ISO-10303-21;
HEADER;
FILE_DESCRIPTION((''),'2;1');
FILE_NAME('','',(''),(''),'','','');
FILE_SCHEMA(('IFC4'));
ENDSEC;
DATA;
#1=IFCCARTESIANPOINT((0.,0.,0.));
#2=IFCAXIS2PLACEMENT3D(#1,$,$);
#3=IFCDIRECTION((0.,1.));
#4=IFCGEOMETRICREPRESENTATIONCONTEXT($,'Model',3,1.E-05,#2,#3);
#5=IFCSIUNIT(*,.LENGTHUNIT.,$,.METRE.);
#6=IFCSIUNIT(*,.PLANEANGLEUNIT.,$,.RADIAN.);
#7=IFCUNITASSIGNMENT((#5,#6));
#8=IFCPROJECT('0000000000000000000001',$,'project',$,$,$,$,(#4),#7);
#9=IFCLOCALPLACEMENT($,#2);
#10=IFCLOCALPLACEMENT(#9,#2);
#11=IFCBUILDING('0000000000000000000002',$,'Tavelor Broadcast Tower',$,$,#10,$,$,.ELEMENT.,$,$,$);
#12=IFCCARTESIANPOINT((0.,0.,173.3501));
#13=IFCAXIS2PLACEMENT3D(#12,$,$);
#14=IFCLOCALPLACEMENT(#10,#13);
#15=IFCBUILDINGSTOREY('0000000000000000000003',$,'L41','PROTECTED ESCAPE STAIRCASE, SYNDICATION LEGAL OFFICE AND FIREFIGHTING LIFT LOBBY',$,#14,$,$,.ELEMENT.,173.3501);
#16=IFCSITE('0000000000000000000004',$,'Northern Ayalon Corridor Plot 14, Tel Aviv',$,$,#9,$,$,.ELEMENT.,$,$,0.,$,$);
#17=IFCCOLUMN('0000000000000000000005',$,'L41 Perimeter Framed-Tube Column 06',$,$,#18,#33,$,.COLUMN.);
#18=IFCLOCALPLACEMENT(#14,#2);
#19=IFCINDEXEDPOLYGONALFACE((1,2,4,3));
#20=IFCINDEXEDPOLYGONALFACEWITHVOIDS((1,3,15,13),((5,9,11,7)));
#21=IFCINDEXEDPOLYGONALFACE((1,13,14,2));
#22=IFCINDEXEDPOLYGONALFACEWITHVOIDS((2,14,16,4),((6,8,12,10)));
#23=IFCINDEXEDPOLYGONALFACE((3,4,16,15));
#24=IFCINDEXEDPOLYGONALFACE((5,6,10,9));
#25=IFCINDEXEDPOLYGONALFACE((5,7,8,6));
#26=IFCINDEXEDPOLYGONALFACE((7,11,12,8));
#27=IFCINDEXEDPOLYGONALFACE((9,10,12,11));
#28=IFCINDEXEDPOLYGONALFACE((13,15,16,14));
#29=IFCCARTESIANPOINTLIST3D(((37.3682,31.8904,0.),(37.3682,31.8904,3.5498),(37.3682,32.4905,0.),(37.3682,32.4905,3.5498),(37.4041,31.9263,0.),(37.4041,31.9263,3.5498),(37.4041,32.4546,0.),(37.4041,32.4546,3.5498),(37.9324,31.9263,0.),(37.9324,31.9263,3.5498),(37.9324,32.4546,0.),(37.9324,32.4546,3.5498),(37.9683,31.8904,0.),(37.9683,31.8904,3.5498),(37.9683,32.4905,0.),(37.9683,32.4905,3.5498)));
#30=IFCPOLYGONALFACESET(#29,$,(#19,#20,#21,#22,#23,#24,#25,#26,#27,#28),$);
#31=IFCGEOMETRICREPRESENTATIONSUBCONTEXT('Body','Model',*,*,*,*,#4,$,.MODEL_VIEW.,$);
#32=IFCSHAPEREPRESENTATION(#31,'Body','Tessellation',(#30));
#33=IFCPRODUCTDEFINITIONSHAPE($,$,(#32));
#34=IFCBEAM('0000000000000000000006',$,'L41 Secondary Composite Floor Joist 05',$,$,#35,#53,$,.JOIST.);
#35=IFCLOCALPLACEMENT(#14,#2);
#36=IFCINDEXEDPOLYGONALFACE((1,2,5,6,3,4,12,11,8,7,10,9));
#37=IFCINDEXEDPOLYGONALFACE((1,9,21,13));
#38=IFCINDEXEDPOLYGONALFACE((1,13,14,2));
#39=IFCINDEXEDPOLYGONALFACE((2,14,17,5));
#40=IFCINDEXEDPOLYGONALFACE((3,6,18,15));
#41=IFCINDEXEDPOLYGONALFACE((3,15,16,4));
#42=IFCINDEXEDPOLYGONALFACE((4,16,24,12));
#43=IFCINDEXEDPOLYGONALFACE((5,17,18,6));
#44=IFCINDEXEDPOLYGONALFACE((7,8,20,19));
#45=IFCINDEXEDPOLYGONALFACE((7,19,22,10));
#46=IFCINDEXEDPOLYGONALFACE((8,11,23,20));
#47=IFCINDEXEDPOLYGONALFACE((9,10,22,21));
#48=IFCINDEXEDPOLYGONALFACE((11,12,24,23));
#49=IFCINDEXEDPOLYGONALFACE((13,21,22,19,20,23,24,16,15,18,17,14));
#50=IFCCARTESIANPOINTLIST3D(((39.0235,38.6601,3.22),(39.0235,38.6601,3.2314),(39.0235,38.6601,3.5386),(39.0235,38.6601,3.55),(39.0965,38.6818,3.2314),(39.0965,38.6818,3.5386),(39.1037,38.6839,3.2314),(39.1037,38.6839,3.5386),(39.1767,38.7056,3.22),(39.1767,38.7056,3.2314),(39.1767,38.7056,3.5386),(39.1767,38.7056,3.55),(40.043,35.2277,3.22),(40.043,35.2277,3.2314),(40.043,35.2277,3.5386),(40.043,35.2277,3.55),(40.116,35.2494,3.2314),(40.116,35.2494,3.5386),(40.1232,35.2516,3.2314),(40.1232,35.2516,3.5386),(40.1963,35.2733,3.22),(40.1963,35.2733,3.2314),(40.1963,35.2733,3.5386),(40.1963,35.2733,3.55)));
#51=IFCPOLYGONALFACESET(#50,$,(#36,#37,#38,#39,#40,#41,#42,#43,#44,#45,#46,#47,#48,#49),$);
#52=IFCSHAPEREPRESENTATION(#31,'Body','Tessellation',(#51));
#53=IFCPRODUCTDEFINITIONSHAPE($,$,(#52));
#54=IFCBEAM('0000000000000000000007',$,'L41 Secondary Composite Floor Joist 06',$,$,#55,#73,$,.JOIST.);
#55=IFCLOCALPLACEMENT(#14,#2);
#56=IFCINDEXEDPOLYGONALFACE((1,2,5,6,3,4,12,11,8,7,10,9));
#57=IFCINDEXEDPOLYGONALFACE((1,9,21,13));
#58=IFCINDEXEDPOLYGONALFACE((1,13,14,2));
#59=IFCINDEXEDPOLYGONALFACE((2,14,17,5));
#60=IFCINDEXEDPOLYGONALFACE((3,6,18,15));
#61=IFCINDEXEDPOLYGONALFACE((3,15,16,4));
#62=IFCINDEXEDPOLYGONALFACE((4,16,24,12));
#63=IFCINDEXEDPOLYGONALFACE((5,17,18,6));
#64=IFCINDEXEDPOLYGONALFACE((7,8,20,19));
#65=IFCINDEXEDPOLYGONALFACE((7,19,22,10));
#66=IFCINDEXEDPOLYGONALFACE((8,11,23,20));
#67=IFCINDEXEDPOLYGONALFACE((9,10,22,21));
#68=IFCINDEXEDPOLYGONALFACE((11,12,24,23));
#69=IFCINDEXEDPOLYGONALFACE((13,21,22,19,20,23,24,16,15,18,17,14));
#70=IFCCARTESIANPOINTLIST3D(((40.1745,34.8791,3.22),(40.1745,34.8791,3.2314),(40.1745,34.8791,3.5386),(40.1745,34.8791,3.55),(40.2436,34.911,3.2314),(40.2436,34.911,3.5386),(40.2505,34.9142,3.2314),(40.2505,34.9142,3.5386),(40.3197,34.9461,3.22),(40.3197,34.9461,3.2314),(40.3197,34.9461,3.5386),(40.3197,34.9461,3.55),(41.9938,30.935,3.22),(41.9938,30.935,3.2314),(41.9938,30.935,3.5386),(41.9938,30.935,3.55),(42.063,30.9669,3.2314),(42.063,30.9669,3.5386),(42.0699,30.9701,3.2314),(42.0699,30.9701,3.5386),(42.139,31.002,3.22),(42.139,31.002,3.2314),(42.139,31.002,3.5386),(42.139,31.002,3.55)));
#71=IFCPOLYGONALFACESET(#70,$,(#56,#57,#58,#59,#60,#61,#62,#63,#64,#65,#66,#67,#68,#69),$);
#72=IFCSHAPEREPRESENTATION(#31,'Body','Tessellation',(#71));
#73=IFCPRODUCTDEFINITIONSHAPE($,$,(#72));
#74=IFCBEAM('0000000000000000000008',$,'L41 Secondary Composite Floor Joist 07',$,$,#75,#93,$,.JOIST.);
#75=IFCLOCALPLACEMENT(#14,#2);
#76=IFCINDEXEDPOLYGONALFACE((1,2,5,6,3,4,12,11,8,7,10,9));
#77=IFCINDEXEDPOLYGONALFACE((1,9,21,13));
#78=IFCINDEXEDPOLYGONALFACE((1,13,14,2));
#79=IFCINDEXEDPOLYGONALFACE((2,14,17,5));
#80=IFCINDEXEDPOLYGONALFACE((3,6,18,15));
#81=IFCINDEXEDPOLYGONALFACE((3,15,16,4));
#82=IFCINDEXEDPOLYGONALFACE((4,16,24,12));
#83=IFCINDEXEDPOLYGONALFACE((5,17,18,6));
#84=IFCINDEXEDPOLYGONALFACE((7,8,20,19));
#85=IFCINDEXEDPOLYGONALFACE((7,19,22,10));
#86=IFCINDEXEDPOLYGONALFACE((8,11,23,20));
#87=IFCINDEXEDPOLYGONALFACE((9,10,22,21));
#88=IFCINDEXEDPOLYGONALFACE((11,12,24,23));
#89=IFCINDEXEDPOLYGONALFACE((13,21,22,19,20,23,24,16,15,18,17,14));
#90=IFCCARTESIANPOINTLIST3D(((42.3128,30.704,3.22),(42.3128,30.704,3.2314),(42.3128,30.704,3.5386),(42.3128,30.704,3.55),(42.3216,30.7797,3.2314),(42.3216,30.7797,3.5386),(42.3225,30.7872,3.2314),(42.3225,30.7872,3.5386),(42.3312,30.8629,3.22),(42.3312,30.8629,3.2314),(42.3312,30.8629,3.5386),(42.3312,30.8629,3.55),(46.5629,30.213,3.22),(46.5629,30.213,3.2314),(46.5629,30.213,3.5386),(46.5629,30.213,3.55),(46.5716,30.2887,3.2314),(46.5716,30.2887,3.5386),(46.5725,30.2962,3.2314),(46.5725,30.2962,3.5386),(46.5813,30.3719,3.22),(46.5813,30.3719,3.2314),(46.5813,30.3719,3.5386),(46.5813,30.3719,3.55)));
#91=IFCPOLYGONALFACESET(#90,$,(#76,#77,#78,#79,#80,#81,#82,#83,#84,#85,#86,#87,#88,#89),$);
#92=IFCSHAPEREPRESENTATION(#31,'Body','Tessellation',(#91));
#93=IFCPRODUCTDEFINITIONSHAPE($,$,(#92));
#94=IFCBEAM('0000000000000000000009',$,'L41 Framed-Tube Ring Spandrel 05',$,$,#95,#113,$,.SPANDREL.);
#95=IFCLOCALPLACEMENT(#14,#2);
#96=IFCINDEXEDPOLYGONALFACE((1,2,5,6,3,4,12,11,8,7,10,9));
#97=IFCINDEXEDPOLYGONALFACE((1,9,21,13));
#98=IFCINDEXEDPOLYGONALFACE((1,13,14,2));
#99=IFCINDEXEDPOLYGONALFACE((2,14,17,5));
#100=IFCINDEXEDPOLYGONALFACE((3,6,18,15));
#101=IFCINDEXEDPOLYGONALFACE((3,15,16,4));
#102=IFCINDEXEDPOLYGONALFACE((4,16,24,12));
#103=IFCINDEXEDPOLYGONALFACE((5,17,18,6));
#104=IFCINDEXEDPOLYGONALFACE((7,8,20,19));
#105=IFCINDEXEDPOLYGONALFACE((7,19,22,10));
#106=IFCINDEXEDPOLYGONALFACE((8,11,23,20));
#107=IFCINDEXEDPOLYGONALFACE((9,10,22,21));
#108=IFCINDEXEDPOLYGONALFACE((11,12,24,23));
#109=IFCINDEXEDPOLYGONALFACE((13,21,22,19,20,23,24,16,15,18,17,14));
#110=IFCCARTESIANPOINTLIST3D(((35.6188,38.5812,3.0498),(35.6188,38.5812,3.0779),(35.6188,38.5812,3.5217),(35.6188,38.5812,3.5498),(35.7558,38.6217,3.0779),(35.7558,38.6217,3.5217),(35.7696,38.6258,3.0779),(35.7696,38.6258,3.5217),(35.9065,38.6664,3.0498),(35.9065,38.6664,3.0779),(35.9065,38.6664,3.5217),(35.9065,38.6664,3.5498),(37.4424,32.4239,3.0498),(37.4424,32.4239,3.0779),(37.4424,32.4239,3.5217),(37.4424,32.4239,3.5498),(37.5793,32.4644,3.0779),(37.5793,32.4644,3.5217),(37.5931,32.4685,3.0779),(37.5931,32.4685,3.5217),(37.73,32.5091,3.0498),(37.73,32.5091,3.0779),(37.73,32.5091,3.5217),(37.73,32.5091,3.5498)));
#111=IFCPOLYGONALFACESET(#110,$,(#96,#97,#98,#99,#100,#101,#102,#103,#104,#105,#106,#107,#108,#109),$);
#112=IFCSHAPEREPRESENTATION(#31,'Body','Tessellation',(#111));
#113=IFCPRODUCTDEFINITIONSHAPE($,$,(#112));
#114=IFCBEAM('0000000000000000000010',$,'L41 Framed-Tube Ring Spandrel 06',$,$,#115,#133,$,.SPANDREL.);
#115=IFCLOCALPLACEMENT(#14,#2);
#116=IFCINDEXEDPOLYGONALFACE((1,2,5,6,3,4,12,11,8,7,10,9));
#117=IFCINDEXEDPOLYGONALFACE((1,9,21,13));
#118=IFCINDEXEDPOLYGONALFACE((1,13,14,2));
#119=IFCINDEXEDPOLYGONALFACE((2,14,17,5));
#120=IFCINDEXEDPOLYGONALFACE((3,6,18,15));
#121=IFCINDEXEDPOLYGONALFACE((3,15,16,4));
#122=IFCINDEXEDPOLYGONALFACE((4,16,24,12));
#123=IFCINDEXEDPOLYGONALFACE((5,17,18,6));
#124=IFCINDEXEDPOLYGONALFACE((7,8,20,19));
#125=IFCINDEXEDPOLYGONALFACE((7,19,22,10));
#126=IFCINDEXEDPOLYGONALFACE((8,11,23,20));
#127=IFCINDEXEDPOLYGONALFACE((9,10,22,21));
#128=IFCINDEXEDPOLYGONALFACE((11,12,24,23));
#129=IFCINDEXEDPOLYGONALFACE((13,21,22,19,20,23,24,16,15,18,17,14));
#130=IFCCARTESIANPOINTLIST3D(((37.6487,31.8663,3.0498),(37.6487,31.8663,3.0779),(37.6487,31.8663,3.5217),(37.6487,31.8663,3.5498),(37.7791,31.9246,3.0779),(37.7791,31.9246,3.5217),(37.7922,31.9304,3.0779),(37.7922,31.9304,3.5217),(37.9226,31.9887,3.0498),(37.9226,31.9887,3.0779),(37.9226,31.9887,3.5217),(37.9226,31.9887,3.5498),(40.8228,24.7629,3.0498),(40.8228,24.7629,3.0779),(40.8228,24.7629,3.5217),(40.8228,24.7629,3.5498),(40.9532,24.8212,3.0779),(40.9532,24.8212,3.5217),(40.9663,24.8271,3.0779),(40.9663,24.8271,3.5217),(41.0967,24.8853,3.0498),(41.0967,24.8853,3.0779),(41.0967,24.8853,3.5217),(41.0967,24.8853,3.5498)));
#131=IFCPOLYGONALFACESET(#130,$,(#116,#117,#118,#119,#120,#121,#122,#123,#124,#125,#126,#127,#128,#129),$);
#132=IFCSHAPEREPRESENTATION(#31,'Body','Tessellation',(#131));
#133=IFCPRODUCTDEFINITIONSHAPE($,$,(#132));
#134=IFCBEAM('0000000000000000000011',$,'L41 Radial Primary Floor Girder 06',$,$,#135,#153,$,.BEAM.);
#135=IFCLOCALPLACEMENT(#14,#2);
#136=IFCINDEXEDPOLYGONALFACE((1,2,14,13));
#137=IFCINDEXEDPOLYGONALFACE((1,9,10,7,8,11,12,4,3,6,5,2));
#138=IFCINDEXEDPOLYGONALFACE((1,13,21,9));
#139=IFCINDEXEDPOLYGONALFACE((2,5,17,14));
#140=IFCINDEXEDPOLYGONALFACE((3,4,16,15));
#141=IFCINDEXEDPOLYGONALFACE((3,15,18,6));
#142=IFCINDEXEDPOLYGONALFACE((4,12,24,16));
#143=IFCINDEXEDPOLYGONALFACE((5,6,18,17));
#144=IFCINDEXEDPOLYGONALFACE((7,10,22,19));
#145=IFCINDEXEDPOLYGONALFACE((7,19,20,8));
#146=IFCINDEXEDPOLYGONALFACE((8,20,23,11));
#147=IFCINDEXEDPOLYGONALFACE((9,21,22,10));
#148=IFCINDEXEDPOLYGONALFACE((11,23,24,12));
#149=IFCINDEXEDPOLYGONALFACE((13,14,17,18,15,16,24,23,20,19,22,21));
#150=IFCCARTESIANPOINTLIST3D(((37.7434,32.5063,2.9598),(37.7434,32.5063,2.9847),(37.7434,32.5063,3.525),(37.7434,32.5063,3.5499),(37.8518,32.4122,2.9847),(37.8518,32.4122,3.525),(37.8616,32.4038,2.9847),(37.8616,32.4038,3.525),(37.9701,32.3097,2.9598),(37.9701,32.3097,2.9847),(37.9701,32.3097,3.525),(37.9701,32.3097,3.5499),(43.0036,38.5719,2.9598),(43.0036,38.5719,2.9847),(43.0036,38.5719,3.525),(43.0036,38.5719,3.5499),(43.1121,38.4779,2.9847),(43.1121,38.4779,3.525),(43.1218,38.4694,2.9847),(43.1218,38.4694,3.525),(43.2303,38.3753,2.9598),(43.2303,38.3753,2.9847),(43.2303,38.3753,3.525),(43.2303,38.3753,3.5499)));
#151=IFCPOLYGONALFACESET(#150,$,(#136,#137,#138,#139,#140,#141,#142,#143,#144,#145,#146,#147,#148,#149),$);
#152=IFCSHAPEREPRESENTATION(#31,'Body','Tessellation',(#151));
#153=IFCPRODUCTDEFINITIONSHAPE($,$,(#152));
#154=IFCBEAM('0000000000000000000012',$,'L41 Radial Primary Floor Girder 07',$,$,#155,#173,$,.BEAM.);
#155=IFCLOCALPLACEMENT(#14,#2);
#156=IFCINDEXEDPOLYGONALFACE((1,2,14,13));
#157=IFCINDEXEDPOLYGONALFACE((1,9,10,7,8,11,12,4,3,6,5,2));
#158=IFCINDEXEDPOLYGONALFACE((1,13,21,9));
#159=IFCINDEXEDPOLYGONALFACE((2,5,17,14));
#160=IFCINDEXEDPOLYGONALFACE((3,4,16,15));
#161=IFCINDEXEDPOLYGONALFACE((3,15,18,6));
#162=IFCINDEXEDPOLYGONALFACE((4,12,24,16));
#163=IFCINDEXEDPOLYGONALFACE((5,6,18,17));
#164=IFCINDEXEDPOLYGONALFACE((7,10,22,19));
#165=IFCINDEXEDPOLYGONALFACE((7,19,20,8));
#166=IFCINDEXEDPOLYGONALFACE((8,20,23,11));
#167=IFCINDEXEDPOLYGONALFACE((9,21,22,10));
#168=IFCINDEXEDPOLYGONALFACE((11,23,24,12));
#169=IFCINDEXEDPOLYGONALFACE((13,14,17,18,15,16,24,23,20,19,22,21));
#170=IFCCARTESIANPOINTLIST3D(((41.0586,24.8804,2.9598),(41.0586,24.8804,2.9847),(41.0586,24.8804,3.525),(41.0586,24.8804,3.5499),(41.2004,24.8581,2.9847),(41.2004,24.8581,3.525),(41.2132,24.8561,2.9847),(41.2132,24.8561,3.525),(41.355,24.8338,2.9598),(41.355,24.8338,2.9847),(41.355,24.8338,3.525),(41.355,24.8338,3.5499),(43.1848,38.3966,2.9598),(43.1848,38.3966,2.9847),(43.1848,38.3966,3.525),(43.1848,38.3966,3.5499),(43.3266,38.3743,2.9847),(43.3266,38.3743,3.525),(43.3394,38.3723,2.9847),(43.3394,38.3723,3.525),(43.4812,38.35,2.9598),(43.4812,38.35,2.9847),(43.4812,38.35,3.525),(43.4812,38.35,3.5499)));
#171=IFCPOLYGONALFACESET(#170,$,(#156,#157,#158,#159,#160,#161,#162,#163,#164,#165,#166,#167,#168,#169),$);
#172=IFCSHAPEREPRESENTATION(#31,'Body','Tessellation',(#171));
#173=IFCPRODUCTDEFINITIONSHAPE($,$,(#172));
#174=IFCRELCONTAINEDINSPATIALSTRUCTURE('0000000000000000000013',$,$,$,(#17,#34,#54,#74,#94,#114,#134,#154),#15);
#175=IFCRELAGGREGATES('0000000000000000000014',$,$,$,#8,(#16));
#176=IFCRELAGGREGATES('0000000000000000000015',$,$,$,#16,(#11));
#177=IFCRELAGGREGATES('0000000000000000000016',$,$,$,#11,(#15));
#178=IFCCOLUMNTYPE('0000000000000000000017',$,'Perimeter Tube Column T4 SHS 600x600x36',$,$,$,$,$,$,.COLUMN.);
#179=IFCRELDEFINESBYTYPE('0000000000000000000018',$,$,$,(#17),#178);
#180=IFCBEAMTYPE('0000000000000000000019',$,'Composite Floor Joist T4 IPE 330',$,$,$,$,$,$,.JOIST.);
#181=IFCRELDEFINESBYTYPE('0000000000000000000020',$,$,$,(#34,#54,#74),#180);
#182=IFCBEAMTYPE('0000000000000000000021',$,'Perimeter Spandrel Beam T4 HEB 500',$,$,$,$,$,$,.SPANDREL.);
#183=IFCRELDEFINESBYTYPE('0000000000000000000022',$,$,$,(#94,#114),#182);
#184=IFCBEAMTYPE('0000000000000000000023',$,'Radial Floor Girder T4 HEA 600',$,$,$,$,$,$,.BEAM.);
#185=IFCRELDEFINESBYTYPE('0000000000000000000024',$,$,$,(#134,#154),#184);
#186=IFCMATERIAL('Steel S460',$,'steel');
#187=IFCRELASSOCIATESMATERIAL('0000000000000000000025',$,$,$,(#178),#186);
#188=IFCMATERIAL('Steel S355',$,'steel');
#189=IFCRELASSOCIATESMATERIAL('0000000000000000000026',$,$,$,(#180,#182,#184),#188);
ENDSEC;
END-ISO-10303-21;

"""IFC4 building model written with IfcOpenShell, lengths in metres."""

from ifc_helpers import new_model, si_unit, direction, frame, origin, origin_2d, place, context, subcontext, project, spatial, hollow_rectangle, i_section, extrude, material, material_profile, profile_set, type_object, element, save


model = new_model("IFC4")

# Units and contexts
model_context = context("Model", 3, precision=1e-05, world=origin(), true_north=direction((0.0, 1.0)))
body_context = subcontext(model_context, "Body", "Model", "MODEL_VIEW")
ifc_project = project(units=[si_unit("LENGTHUNIT", "METRE"), si_unit("PLANEANGLEUNIT", "RADIAN")], contexts=[model_context])

# Site, building, storey
site_placement = place(None, origin())
site = spatial("IfcSite", under=ifc_project, at=site_placement, Name="Northern Ayalon Corridor Plot 14, Tel Aviv", CompositionType="ELEMENT", RefElevation=0.0)
building_placement = place(site_placement, origin())
building = spatial("IfcBuilding", under=site, at=building_placement, Name="Tavelor Broadcast Tower", CompositionType="ELEMENT")
storey_placement = place(building_placement, frame((0.0, 0.0, 173.3501)))
storey = spatial("IfcBuildingStorey", under=building, at=storey_placement, Name="L41", Description="PROTECTED ESCAPE STAIRCASE, SYNDICATION LEGAL OFFICE AND FIREFIGHTING LIFT LOBBY", CompositionType="ELEMENT", Elevation=173.3501)

# Column
ifc_material_1 = material(Name="Steel S460", Category="steel")
ifc_material_profile_1 = material_profile(ifc_material_1, hollow_rectangle(XDim=0.6001, YDim=0.6001, WallThickness=0.0359, at=origin_2d()), Name="SHS 600x600x36")
ifc_profile_set_1 = profile_set([ifc_material_profile_1], Name="Steel S460")
column_type = type_object("IfcColumnType", Name="Perimeter Tube Column T4 SHS 600x600x36", PredefinedType="COLUMN", material=ifc_profile_set_1)
column_placement = place(storey_placement, frame((37.6682, 32.1904, 0.0), z_axis=(0.0, 0.0, 1.0), x_axis=(1.0, 0.0, 0.0)))
element("IfcColumn", 1, at=column_placement, inside=storey, type_object=column_type, Name="L41 Perimeter Framed-Tube Column 06", PredefinedType="COLUMN", context=body_context, shape_type="SweptSolid", body=[
    extrude(hollow_rectangle(XDim=0.6001, YDim=0.6001, WallThickness=0.0359, at=origin_2d()), origin(), (0.0, 0.0, 1.0), 3.5498),
])

# Beams
ifc_material_2 = material(Name="Steel S355", Category="steel")
ifc_material_profile_2 = material_profile(ifc_material_2, i_section(OverallWidth=0.1599, OverallDepth=0.3301, WebThickness=0.0076, FlangeThickness=0.0115, at=origin_2d()), Name="IPE 330")
ifc_profile_set_2 = profile_set([ifc_material_profile_2], Name="Steel S355")
beam_type_1 = type_object("IfcBeamType", Name="Composite Floor Joist T4 IPE 330", PredefinedType="JOIST", material=ifc_profile_set_2)
beam_1_placement = place(storey_placement, frame((39.1001, 38.6829, 3.385), z_axis=(0.284738, -0.958605, 0.0), x_axis=(0.958605, 0.284738, 0.0)))
element("IfcBeam", 2, at=beam_1_placement, inside=storey, type_object=beam_type_1, Name="L41 Secondary Composite Floor Joist 05", PredefinedType="JOIST", context=body_context, shape_type="SweptSolid", body=[
    extrude(i_section(OverallWidth=0.1599, OverallDepth=0.3301, WebThickness=0.0076, FlangeThickness=0.0115, at=origin_2d()), origin(), (0.0, 0.0, 1.0), 3.5806),
])
beam_2_placement = place(storey_placement, frame((40.2471, 34.9126, 3.385), z_axis=(0.418866, -0.908048, 0.0), x_axis=(0.908048, 0.418866, 0.0)))
element("IfcBeam", 3, at=beam_2_placement, inside=storey, type_object=beam_type_1, Name="L41 Secondary Composite Floor Joist 06", PredefinedType="JOIST", context=body_context, shape_type="SweptSolid", body=[
    extrude(i_section(OverallWidth=0.1599, OverallDepth=0.3301, WebThickness=0.0076, FlangeThickness=0.0115, at=origin_2d()), origin(), (0.0, 0.0, 1.0), 4.3435),
])
beam_3_placement = place(storey_placement, frame((42.322, 30.7834, 3.385), z_axis=(0.993393, -0.114758, 0.0), x_axis=(0.114758, 0.993393, 0.0)))
element("IfcBeam", 4, at=beam_3_placement, inside=storey, type_object=beam_type_1, Name="L41 Secondary Composite Floor Joist 07", PredefinedType="JOIST", context=body_context, shape_type="SweptSolid", body=[
    extrude(i_section(OverallWidth=0.1599, OverallDepth=0.3301, WebThickness=0.0076, FlangeThickness=0.0115, at=origin_2d()), origin(), (0.0, 0.0, 1.0), 4.2783),
])
ifc_material_profile_3 = material_profile(ifc_material_2, i_section(OverallWidth=0.3, OverallDepth=0.5, WebThickness=0.0144, FlangeThickness=0.0281, at=origin_2d()), Name="HEB 500")
ifc_profile_set_3 = profile_set([ifc_material_profile_3], Name="Steel S355")
beam_type_2 = type_object("IfcBeamType", Name="Perimeter Spandrel Beam T4 HEB 500", PredefinedType="SPANDREL", material=ifc_profile_set_3)
beam_4_placement = place(storey_placement, frame((35.7627, 38.6238, 3.2998), z_axis=(0.283963, -0.958835, 0.0), x_axis=(0.958835, 0.283963, 0.0)))
element("IfcBeam", 5, at=beam_4_placement, inside=storey, type_object=beam_type_2, Name="L41 Framed-Tube Ring Spandrel 05", PredefinedType="SPANDREL", context=body_context, shape_type="SweptSolid", body=[
    extrude(i_section(OverallWidth=0.3, OverallDepth=0.5, WebThickness=0.0144, FlangeThickness=0.0281, at=origin_2d()), origin(), (0.0, 0.0, 1.0), 6.4216),
])
beam_5_placement = place(storey_placement, frame((37.7856, 31.9275, 3.2998), z_axis=(0.407969, -0.912996, 0.0), x_axis=(0.912996, 0.407969, 0.0)))
element("IfcBeam", 6, at=beam_5_placement, inside=storey, type_object=beam_type_2, Name="L41 Framed-Tube Ring Spandrel 06", PredefinedType="SPANDREL", context=body_context, shape_type="SweptSolid", body=[
    extrude(i_section(OverallWidth=0.3, OverallDepth=0.5, WebThickness=0.0144, FlangeThickness=0.0281, at=origin_2d()), origin(), (0.0, 0.0, 1.0), 7.7803),
])
ifc_material_profile_4 = material_profile(ifc_material_2, i_section(OverallWidth=0.3, OverallDepth=0.5901, WebThickness=0.0129, FlangeThickness=0.0249, at=origin_2d()), Name="HEA 600")
ifc_profile_set_4 = profile_set([ifc_material_profile_4], Name="Steel S355")
beam_type_3 = type_object("IfcBeamType", Name="Radial Floor Girder T4 HEA 600", PredefinedType="BEAM", material=ifc_profile_set_4)
beam_6_placement = place(storey_placement, frame((43.1169, 38.4736, 3.2549), z_axis=(-0.655168, -0.755483, 0.0), x_axis=(0.755483, -0.655168, 0.0)))
element("IfcBeam", 7, at=beam_6_placement, inside=storey, type_object=beam_type_3, Name="L41 Radial Primary Floor Girder 06", PredefinedType="BEAM", context=body_context, shape_type="SweptSolid", body=[
    extrude(i_section(OverallWidth=0.3, OverallDepth=0.5901, WebThickness=0.0129, FlangeThickness=0.0249, at=origin_2d()), origin(), (0.0, 0.0, 1.0), 8.0288),
])
beam_7_placement = place(storey_placement, frame((43.333, 38.3733, 3.2549), z_axis=(-0.155399, -0.987852, 0.0), x_axis=(0.987852, -0.155399, 0.0)))
element("IfcBeam", 8, at=beam_7_placement, inside=storey, type_object=beam_type_3, Name="L41 Radial Primary Floor Girder 07", PredefinedType="BEAM", context=body_context, shape_type="SweptSolid", body=[
    extrude(i_section(OverallWidth=0.3, OverallDepth=0.5901, WebThickness=0.0129, FlangeThickness=0.0249, at=origin_2d()), origin(), (0.0, 0.0, 1.0), 13.6824),
])

save(model, "model.ifc")
